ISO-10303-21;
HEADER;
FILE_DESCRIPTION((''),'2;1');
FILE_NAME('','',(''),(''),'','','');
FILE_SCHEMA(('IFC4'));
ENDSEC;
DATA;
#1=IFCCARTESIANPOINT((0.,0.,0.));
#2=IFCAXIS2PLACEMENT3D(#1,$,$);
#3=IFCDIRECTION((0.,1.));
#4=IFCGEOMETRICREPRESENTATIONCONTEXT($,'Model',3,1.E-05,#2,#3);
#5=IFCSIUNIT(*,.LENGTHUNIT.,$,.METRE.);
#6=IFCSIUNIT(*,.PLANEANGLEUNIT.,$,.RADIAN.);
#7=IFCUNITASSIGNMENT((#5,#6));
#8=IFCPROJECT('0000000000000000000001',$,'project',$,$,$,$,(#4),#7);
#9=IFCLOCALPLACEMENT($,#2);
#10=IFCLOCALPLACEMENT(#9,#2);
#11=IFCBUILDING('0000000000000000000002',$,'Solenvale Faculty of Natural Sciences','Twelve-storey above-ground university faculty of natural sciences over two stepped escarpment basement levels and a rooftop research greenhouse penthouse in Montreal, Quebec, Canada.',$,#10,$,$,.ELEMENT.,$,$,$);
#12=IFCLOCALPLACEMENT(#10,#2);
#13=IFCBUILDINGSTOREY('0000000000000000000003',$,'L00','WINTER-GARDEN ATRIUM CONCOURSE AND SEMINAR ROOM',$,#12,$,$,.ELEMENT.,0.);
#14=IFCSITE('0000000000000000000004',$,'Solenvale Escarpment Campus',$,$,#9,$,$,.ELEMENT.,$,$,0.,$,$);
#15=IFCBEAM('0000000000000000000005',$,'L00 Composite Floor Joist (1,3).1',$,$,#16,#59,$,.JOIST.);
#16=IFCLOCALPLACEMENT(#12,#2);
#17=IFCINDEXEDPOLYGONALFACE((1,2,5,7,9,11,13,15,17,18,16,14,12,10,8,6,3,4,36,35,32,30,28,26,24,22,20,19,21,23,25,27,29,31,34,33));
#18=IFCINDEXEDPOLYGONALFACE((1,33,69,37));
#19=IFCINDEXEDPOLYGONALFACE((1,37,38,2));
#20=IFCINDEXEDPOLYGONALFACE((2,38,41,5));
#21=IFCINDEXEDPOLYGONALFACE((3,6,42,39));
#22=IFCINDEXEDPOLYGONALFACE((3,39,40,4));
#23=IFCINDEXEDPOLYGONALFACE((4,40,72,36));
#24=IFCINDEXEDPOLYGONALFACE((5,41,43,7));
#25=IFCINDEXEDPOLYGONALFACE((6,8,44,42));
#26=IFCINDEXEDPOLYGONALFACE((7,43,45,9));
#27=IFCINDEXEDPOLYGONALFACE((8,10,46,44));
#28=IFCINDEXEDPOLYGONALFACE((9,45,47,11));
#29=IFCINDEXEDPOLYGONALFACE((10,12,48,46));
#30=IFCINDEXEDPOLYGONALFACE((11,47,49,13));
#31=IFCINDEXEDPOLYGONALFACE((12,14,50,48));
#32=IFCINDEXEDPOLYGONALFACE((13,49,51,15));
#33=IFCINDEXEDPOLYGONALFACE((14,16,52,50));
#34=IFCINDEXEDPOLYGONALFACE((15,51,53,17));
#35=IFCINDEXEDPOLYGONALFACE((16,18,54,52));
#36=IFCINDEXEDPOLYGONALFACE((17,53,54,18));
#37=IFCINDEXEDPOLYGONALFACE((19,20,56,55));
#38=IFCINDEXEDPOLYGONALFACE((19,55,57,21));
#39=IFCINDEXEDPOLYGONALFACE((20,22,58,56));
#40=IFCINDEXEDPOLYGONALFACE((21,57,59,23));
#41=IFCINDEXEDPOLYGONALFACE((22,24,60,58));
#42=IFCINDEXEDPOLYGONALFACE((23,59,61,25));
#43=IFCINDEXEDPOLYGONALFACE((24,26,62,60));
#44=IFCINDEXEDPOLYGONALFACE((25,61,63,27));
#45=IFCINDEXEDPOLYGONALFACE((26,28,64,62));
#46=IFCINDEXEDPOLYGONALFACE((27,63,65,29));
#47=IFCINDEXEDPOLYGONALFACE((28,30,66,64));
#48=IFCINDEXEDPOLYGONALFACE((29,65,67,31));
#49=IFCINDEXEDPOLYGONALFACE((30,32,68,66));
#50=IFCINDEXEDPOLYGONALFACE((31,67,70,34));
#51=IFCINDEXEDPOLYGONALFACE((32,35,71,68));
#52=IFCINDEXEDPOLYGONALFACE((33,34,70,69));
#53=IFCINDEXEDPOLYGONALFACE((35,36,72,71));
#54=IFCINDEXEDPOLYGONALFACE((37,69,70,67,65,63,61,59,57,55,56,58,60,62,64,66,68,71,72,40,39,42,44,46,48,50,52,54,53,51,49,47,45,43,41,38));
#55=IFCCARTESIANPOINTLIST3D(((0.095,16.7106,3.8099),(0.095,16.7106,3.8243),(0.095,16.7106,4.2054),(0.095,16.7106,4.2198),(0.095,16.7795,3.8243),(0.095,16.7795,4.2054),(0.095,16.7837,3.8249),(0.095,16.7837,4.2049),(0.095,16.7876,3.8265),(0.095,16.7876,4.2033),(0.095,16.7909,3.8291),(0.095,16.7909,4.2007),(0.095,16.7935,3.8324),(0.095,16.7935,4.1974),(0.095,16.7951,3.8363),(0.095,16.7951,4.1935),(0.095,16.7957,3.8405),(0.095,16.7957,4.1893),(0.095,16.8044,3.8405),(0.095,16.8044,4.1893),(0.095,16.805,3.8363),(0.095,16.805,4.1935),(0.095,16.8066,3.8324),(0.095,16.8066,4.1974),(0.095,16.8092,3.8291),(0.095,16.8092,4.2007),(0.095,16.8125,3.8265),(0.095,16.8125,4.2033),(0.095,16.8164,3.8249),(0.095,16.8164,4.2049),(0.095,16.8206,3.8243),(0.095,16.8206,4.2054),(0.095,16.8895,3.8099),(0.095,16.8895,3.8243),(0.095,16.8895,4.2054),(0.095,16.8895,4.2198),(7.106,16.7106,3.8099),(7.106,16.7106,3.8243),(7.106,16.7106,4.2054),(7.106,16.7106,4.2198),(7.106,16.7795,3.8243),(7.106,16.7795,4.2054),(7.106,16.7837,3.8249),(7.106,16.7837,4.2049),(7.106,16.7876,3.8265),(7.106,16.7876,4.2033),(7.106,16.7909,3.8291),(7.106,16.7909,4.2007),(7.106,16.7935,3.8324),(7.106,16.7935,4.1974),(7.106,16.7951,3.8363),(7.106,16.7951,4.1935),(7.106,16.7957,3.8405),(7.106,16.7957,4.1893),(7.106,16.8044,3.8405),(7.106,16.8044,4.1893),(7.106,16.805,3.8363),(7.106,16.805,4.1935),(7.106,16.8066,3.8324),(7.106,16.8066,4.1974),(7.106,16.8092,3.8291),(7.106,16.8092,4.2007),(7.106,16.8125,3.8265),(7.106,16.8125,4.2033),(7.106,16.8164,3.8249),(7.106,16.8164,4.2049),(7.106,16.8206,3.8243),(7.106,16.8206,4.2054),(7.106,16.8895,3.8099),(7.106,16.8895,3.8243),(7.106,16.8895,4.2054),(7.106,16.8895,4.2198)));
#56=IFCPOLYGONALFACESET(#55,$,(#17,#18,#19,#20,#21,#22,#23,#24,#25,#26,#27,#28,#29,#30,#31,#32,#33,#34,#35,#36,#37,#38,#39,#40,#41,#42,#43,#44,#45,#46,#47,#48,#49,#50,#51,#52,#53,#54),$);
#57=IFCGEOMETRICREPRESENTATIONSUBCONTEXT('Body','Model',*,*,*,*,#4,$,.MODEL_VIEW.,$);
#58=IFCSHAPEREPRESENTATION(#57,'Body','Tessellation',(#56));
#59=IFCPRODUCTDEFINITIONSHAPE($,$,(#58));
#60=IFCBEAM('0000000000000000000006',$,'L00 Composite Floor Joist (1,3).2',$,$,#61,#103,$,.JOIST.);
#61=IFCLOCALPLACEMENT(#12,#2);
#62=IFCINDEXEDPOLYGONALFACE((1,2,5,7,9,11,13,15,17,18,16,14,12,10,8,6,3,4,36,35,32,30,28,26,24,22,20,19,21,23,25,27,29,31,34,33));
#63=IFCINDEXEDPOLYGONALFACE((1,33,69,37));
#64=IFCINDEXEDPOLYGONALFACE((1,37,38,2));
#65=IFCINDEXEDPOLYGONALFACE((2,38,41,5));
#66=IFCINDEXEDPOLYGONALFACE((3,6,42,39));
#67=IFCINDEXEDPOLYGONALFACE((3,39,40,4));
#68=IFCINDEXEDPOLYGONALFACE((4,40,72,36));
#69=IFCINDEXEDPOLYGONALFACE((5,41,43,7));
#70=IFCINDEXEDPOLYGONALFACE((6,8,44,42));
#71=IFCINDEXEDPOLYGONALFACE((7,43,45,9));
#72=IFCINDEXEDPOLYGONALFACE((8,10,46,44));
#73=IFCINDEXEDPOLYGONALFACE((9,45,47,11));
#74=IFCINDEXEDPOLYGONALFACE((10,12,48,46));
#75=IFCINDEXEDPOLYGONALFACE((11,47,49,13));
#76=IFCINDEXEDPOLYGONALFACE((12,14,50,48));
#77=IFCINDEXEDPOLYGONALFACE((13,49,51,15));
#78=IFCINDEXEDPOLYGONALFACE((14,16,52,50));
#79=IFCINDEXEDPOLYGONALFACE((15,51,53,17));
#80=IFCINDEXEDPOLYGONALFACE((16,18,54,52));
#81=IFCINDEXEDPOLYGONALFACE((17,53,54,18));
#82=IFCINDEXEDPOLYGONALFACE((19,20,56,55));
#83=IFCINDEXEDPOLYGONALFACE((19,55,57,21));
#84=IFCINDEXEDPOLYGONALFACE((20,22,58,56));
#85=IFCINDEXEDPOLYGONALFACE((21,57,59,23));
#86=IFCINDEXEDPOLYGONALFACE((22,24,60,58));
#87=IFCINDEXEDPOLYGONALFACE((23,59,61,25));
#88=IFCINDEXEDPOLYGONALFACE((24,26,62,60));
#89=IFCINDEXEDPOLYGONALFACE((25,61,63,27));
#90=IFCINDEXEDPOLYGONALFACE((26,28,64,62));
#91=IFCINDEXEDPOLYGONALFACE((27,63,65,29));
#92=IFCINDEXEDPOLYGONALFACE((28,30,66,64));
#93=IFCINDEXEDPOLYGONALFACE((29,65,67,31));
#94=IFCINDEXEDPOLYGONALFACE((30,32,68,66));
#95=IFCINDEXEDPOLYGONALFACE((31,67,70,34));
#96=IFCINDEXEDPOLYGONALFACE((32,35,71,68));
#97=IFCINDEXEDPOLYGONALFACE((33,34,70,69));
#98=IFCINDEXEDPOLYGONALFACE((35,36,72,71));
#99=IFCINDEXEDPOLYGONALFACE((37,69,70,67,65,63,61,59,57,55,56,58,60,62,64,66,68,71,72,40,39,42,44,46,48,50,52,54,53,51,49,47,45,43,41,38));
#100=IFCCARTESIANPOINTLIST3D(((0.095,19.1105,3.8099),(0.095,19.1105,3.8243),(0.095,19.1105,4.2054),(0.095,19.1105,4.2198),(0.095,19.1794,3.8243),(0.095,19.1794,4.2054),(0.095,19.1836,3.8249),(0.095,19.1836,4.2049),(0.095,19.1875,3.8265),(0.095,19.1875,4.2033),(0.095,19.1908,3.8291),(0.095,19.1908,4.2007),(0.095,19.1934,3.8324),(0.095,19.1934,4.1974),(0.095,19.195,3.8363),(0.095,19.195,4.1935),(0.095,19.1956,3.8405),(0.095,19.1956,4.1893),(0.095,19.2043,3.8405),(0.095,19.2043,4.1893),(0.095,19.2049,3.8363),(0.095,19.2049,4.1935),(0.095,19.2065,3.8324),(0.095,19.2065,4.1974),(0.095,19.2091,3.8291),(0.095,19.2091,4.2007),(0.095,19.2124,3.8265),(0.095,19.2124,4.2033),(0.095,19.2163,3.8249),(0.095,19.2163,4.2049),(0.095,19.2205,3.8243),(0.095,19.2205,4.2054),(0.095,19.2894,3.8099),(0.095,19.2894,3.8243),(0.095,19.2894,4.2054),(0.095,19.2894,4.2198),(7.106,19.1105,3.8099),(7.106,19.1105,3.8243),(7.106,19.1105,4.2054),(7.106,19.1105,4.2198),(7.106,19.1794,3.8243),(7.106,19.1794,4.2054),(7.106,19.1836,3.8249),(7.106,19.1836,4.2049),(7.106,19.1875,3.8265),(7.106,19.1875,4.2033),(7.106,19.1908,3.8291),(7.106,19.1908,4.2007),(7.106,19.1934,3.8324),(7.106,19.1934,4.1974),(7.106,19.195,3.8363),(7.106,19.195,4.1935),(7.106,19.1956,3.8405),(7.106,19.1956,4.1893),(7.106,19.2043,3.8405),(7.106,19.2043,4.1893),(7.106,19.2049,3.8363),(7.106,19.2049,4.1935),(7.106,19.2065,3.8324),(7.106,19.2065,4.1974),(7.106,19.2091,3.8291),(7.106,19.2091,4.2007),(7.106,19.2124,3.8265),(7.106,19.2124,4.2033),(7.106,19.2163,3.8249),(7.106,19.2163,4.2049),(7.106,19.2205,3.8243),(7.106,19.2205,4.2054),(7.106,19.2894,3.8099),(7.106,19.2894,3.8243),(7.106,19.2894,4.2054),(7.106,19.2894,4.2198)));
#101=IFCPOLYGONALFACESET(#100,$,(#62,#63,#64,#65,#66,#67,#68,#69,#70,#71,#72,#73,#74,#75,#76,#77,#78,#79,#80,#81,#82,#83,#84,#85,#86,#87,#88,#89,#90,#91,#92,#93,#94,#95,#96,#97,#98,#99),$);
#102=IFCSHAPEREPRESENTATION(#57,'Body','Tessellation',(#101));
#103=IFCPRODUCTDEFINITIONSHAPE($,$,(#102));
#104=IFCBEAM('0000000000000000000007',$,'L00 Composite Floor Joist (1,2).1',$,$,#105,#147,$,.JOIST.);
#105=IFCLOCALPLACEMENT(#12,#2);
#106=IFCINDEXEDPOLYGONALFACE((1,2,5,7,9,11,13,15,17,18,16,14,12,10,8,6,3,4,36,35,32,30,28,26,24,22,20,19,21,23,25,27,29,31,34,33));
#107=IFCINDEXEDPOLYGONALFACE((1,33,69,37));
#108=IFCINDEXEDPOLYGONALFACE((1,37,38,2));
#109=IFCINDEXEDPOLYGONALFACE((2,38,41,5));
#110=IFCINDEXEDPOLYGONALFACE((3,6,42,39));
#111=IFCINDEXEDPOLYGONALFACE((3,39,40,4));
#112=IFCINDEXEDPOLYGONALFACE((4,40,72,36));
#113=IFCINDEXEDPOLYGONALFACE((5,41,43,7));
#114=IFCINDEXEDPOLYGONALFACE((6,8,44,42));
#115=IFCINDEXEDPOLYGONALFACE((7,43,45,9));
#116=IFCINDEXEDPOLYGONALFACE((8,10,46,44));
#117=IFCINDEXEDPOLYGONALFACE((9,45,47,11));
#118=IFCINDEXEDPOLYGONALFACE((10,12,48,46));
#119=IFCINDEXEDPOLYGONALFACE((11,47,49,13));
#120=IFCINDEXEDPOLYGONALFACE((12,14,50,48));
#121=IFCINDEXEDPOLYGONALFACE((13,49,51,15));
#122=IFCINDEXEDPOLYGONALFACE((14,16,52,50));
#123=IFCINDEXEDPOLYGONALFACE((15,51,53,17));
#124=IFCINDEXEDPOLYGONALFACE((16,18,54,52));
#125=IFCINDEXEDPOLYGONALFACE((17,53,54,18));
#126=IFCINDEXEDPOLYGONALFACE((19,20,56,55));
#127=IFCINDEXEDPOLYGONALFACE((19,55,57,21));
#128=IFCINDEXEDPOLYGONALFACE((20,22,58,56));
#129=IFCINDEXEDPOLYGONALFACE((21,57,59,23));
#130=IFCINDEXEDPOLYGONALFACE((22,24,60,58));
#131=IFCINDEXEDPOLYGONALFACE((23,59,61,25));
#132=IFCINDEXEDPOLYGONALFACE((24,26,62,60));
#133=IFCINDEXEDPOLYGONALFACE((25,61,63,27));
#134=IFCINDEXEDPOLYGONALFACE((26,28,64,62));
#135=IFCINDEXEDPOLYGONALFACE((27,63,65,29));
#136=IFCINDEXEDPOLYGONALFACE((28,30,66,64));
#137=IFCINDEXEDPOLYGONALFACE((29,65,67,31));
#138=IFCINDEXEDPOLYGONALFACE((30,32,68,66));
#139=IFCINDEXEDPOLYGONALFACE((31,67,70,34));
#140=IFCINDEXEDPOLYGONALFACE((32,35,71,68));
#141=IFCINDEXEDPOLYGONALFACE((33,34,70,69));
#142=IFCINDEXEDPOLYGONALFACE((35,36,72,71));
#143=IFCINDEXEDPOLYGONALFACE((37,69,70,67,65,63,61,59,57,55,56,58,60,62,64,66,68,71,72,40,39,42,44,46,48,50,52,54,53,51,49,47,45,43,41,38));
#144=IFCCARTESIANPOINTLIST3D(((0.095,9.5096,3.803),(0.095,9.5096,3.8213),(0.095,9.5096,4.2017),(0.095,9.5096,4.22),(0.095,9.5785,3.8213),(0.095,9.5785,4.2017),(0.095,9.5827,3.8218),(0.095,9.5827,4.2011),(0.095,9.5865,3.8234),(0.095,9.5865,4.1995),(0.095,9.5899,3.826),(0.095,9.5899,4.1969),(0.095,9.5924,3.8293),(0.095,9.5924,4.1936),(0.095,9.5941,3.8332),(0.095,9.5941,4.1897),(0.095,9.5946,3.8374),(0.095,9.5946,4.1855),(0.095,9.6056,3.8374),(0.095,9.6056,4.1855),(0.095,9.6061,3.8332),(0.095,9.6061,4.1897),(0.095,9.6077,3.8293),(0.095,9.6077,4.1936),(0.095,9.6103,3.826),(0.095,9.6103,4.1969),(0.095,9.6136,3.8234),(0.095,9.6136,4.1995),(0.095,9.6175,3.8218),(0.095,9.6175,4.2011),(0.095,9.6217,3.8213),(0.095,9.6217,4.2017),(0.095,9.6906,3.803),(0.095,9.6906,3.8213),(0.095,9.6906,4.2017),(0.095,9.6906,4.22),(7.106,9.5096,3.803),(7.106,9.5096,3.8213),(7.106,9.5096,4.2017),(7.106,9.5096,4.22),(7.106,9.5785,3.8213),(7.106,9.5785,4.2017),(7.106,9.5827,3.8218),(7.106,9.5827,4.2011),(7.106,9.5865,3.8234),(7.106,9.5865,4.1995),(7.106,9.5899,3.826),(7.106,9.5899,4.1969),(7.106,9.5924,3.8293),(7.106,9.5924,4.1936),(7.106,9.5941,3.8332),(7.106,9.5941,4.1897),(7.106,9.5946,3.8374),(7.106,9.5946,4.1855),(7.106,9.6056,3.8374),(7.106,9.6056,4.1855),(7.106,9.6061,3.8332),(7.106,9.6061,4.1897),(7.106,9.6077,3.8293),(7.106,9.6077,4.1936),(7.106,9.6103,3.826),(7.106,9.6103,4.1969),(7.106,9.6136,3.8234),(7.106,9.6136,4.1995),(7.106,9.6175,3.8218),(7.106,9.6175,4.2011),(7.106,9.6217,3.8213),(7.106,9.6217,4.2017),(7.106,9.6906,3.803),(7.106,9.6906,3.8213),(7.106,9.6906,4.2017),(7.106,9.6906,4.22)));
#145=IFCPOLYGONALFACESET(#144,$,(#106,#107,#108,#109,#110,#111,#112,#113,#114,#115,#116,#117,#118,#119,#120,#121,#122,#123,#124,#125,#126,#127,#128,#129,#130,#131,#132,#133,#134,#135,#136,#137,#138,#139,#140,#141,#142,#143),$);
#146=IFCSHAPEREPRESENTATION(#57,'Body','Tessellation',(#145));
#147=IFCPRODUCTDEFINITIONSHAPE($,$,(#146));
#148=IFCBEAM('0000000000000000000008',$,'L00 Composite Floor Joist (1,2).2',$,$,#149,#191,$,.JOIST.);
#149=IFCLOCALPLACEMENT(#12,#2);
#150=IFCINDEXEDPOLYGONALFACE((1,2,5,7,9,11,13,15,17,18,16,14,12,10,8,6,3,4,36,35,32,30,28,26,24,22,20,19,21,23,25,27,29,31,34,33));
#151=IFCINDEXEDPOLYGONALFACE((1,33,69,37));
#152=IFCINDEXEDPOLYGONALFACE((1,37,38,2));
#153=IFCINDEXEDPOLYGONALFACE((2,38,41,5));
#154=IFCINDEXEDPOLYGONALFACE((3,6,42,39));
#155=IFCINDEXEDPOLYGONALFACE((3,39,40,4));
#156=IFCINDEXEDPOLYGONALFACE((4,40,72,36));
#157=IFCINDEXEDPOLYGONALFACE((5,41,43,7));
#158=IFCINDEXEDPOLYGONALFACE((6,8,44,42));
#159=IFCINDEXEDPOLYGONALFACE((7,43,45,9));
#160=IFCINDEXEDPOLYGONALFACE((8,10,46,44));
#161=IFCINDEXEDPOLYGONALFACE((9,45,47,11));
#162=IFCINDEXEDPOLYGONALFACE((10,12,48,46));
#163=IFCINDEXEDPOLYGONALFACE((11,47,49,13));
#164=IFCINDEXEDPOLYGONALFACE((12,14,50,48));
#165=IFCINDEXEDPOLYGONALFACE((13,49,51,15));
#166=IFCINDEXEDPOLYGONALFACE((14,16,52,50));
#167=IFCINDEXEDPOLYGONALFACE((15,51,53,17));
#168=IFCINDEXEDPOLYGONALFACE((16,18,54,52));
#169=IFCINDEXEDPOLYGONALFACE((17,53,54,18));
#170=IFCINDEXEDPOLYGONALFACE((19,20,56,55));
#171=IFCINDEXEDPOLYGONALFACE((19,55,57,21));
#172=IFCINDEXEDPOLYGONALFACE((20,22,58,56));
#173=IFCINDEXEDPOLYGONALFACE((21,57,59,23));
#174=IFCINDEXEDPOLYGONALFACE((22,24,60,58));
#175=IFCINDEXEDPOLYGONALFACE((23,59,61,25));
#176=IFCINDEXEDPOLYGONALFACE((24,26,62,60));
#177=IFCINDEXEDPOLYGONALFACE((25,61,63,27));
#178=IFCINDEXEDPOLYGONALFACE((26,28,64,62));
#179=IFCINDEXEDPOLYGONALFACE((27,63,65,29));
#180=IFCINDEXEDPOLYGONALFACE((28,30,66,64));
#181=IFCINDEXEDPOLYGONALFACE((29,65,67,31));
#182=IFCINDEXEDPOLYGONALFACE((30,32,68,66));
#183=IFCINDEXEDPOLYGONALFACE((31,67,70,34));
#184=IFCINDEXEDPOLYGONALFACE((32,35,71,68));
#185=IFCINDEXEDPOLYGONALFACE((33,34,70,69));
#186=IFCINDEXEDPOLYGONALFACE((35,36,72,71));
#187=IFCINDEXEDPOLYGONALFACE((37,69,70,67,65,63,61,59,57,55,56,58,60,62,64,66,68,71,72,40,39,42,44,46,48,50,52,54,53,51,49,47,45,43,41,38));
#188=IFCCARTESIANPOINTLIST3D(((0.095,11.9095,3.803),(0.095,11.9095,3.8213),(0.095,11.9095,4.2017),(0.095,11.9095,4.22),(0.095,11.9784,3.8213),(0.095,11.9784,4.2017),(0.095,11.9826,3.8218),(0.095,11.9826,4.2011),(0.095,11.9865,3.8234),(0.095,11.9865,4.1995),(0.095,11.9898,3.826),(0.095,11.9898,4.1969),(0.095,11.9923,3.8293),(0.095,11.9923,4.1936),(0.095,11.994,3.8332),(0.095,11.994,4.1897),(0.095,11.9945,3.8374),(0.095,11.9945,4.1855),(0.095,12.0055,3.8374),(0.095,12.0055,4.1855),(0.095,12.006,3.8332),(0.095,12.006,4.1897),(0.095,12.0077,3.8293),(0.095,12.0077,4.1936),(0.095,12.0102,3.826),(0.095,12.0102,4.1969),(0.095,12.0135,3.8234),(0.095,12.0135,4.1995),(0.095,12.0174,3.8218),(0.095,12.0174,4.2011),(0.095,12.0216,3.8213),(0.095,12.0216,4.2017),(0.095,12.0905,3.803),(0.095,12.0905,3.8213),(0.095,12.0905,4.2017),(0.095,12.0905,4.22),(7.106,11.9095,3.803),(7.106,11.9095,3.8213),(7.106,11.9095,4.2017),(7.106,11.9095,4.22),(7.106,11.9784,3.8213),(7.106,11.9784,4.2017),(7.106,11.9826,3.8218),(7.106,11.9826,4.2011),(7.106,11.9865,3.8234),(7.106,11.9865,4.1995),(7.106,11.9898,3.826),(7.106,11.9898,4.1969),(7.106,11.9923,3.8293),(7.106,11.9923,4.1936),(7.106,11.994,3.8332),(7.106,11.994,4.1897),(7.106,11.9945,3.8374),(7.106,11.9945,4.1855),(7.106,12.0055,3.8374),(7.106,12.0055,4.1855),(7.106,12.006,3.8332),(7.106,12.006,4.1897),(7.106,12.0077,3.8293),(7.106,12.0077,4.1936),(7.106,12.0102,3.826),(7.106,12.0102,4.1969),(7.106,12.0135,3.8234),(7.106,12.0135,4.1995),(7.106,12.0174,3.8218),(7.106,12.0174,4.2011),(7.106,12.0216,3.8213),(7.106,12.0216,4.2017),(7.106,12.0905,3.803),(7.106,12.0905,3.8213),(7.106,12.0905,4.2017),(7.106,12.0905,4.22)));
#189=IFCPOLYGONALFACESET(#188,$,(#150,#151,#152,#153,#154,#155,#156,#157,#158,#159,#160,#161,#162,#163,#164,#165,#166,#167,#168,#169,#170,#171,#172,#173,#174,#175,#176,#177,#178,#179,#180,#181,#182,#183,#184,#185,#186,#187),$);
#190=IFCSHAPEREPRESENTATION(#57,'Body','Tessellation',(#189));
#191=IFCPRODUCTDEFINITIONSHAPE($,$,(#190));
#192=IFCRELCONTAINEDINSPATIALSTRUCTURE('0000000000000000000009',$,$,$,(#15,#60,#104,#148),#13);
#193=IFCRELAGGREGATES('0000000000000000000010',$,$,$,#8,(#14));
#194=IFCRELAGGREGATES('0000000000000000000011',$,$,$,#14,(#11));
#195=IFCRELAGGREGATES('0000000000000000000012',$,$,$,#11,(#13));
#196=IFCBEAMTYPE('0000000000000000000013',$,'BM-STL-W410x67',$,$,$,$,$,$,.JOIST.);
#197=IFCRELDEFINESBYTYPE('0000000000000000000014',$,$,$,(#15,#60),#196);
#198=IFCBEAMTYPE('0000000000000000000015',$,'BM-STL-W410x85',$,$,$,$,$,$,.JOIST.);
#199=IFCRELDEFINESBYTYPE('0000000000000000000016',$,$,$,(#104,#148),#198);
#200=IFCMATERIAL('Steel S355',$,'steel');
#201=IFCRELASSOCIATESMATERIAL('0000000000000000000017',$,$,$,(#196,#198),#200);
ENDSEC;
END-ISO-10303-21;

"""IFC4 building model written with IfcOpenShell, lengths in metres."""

from ifc_helpers import new_model, si_unit, direction, frame, origin, origin_2d, place, context, subcontext, project, spatial, i_section, extrude, material, material_profile, profile_set, type_object, element, save


model = new_model("IFC4")

# Units and contexts
model_context = context("Model", 3, precision=1e-05, world=origin(), true_north=direction((0.0, 1.0)))
body_context = subcontext(model_context, "Body", "Model", "MODEL_VIEW")
ifc_project = project(units=[si_unit("LENGTHUNIT", "METRE"), si_unit("PLANEANGLEUNIT", "RADIAN")], contexts=[model_context])

# Site, building, storey
site_placement = place(None, origin())
site = spatial("IfcSite", under=ifc_project, at=site_placement, Name="Solenvale Escarpment Campus", CompositionType="ELEMENT", RefElevation=0.0)
building_placement = place(site_placement, origin())
building = spatial("IfcBuilding", under=site, at=building_placement, Name="Solenvale Faculty of Natural Sciences", Description="Twelve-storey above-ground university faculty of natural sciences over two stepped escarpment basement levels and a rooftop research greenhouse penthouse in Montreal, Quebec, Canada.", CompositionType="ELEMENT")
storey_placement = place(building_placement, origin())
storey = spatial("IfcBuildingStorey", under=building, at=storey_placement, Name="L00", Description="WINTER-GARDEN ATRIUM CONCOURSE AND SEMINAR ROOM", CompositionType="ELEMENT", Elevation=0.0)

# Beams
ifc_material_1 = material(Name="Steel S355", Category="steel")
ifc_material_profile_1 = material_profile(ifc_material_1, i_section(OverallWidth=0.179, OverallDepth=0.4099, WebThickness=0.0088, FlangeThickness=0.0144, FilletRadius=0.0161, at=origin_2d()), Name="W410x67")
ifc_profile_set_1 = profile_set([ifc_material_profile_1], Name="Steel S355")
beam_type_1 = type_object("IfcBeamType", Name="BM-STL-W410x67", PredefinedType="JOIST", material=ifc_profile_set_1)
for number, where, z_axis, x_axis, name in (
    (1, (0.095, 16.8, 4.0149), (1.0, 0.0, 0.0), (0.0, 1.0, 0.0), "L00 Composite Floor Joist (1,3).1"),
    (2, (0.095, 19.2, 4.0149), (1.0, 0.0, 0.0), (0.0, 1.0, 0.0), "L00 Composite Floor Joist (1,3).2"),
):
    element("IfcBeam", number, at=place(storey_placement, frame(where, z_axis=z_axis, x_axis=x_axis)), inside=storey, type_object=beam_type_1, Name=name, PredefinedType="JOIST", context=body_context, shape_type="SweptSolid", body=[
        extrude(i_section(OverallWidth=0.179, OverallDepth=0.4099, WebThickness=0.0088, FlangeThickness=0.0144, FilletRadius=0.0161, at=origin_2d()), origin(), (0.0, 0.0, 1.0), 7.011),
    ])
ifc_material_profile_2 = material_profile(ifc_material_1, i_section(OverallWidth=0.1809, OverallDepth=0.417, WebThickness=0.011, FlangeThickness=0.0183, FilletRadius=0.0161, at=origin_2d()), Name="W410x85")
ifc_profile_set_2 = profile_set([ifc_material_profile_2], Name="Steel S355")
beam_type_2 = type_object("IfcBeamType", Name="BM-STL-W410x85", PredefinedType="JOIST", material=ifc_profile_set_2)
for number, where, z_axis, x_axis, name in (
    (3, (0.095, 9.6001, 4.0115), (1.0, 0.0, 0.0), (0.0, 1.0, 0.0), "L00 Composite Floor Joist (1,2).1"),
    (4, (0.095, 12.0, 4.0115), (1.0, 0.0, 0.0), (0.0, 1.0, 0.0), "L00 Composite Floor Joist (1,2).2"),
):
    element("IfcBeam", number, at=place(storey_placement, frame(where, z_axis=z_axis, x_axis=x_axis)), inside=storey, type_object=beam_type_2, Name=name, PredefinedType="JOIST", context=body_context, shape_type="SweptSolid", body=[
        extrude(i_section(OverallWidth=0.1809, OverallDepth=0.417, WebThickness=0.011, FlangeThickness=0.0183, FilletRadius=0.0161, at=origin_2d()), origin(), (0.0, 0.0, 1.0), 7.011),
    ])

save(model, "model.ifc")
